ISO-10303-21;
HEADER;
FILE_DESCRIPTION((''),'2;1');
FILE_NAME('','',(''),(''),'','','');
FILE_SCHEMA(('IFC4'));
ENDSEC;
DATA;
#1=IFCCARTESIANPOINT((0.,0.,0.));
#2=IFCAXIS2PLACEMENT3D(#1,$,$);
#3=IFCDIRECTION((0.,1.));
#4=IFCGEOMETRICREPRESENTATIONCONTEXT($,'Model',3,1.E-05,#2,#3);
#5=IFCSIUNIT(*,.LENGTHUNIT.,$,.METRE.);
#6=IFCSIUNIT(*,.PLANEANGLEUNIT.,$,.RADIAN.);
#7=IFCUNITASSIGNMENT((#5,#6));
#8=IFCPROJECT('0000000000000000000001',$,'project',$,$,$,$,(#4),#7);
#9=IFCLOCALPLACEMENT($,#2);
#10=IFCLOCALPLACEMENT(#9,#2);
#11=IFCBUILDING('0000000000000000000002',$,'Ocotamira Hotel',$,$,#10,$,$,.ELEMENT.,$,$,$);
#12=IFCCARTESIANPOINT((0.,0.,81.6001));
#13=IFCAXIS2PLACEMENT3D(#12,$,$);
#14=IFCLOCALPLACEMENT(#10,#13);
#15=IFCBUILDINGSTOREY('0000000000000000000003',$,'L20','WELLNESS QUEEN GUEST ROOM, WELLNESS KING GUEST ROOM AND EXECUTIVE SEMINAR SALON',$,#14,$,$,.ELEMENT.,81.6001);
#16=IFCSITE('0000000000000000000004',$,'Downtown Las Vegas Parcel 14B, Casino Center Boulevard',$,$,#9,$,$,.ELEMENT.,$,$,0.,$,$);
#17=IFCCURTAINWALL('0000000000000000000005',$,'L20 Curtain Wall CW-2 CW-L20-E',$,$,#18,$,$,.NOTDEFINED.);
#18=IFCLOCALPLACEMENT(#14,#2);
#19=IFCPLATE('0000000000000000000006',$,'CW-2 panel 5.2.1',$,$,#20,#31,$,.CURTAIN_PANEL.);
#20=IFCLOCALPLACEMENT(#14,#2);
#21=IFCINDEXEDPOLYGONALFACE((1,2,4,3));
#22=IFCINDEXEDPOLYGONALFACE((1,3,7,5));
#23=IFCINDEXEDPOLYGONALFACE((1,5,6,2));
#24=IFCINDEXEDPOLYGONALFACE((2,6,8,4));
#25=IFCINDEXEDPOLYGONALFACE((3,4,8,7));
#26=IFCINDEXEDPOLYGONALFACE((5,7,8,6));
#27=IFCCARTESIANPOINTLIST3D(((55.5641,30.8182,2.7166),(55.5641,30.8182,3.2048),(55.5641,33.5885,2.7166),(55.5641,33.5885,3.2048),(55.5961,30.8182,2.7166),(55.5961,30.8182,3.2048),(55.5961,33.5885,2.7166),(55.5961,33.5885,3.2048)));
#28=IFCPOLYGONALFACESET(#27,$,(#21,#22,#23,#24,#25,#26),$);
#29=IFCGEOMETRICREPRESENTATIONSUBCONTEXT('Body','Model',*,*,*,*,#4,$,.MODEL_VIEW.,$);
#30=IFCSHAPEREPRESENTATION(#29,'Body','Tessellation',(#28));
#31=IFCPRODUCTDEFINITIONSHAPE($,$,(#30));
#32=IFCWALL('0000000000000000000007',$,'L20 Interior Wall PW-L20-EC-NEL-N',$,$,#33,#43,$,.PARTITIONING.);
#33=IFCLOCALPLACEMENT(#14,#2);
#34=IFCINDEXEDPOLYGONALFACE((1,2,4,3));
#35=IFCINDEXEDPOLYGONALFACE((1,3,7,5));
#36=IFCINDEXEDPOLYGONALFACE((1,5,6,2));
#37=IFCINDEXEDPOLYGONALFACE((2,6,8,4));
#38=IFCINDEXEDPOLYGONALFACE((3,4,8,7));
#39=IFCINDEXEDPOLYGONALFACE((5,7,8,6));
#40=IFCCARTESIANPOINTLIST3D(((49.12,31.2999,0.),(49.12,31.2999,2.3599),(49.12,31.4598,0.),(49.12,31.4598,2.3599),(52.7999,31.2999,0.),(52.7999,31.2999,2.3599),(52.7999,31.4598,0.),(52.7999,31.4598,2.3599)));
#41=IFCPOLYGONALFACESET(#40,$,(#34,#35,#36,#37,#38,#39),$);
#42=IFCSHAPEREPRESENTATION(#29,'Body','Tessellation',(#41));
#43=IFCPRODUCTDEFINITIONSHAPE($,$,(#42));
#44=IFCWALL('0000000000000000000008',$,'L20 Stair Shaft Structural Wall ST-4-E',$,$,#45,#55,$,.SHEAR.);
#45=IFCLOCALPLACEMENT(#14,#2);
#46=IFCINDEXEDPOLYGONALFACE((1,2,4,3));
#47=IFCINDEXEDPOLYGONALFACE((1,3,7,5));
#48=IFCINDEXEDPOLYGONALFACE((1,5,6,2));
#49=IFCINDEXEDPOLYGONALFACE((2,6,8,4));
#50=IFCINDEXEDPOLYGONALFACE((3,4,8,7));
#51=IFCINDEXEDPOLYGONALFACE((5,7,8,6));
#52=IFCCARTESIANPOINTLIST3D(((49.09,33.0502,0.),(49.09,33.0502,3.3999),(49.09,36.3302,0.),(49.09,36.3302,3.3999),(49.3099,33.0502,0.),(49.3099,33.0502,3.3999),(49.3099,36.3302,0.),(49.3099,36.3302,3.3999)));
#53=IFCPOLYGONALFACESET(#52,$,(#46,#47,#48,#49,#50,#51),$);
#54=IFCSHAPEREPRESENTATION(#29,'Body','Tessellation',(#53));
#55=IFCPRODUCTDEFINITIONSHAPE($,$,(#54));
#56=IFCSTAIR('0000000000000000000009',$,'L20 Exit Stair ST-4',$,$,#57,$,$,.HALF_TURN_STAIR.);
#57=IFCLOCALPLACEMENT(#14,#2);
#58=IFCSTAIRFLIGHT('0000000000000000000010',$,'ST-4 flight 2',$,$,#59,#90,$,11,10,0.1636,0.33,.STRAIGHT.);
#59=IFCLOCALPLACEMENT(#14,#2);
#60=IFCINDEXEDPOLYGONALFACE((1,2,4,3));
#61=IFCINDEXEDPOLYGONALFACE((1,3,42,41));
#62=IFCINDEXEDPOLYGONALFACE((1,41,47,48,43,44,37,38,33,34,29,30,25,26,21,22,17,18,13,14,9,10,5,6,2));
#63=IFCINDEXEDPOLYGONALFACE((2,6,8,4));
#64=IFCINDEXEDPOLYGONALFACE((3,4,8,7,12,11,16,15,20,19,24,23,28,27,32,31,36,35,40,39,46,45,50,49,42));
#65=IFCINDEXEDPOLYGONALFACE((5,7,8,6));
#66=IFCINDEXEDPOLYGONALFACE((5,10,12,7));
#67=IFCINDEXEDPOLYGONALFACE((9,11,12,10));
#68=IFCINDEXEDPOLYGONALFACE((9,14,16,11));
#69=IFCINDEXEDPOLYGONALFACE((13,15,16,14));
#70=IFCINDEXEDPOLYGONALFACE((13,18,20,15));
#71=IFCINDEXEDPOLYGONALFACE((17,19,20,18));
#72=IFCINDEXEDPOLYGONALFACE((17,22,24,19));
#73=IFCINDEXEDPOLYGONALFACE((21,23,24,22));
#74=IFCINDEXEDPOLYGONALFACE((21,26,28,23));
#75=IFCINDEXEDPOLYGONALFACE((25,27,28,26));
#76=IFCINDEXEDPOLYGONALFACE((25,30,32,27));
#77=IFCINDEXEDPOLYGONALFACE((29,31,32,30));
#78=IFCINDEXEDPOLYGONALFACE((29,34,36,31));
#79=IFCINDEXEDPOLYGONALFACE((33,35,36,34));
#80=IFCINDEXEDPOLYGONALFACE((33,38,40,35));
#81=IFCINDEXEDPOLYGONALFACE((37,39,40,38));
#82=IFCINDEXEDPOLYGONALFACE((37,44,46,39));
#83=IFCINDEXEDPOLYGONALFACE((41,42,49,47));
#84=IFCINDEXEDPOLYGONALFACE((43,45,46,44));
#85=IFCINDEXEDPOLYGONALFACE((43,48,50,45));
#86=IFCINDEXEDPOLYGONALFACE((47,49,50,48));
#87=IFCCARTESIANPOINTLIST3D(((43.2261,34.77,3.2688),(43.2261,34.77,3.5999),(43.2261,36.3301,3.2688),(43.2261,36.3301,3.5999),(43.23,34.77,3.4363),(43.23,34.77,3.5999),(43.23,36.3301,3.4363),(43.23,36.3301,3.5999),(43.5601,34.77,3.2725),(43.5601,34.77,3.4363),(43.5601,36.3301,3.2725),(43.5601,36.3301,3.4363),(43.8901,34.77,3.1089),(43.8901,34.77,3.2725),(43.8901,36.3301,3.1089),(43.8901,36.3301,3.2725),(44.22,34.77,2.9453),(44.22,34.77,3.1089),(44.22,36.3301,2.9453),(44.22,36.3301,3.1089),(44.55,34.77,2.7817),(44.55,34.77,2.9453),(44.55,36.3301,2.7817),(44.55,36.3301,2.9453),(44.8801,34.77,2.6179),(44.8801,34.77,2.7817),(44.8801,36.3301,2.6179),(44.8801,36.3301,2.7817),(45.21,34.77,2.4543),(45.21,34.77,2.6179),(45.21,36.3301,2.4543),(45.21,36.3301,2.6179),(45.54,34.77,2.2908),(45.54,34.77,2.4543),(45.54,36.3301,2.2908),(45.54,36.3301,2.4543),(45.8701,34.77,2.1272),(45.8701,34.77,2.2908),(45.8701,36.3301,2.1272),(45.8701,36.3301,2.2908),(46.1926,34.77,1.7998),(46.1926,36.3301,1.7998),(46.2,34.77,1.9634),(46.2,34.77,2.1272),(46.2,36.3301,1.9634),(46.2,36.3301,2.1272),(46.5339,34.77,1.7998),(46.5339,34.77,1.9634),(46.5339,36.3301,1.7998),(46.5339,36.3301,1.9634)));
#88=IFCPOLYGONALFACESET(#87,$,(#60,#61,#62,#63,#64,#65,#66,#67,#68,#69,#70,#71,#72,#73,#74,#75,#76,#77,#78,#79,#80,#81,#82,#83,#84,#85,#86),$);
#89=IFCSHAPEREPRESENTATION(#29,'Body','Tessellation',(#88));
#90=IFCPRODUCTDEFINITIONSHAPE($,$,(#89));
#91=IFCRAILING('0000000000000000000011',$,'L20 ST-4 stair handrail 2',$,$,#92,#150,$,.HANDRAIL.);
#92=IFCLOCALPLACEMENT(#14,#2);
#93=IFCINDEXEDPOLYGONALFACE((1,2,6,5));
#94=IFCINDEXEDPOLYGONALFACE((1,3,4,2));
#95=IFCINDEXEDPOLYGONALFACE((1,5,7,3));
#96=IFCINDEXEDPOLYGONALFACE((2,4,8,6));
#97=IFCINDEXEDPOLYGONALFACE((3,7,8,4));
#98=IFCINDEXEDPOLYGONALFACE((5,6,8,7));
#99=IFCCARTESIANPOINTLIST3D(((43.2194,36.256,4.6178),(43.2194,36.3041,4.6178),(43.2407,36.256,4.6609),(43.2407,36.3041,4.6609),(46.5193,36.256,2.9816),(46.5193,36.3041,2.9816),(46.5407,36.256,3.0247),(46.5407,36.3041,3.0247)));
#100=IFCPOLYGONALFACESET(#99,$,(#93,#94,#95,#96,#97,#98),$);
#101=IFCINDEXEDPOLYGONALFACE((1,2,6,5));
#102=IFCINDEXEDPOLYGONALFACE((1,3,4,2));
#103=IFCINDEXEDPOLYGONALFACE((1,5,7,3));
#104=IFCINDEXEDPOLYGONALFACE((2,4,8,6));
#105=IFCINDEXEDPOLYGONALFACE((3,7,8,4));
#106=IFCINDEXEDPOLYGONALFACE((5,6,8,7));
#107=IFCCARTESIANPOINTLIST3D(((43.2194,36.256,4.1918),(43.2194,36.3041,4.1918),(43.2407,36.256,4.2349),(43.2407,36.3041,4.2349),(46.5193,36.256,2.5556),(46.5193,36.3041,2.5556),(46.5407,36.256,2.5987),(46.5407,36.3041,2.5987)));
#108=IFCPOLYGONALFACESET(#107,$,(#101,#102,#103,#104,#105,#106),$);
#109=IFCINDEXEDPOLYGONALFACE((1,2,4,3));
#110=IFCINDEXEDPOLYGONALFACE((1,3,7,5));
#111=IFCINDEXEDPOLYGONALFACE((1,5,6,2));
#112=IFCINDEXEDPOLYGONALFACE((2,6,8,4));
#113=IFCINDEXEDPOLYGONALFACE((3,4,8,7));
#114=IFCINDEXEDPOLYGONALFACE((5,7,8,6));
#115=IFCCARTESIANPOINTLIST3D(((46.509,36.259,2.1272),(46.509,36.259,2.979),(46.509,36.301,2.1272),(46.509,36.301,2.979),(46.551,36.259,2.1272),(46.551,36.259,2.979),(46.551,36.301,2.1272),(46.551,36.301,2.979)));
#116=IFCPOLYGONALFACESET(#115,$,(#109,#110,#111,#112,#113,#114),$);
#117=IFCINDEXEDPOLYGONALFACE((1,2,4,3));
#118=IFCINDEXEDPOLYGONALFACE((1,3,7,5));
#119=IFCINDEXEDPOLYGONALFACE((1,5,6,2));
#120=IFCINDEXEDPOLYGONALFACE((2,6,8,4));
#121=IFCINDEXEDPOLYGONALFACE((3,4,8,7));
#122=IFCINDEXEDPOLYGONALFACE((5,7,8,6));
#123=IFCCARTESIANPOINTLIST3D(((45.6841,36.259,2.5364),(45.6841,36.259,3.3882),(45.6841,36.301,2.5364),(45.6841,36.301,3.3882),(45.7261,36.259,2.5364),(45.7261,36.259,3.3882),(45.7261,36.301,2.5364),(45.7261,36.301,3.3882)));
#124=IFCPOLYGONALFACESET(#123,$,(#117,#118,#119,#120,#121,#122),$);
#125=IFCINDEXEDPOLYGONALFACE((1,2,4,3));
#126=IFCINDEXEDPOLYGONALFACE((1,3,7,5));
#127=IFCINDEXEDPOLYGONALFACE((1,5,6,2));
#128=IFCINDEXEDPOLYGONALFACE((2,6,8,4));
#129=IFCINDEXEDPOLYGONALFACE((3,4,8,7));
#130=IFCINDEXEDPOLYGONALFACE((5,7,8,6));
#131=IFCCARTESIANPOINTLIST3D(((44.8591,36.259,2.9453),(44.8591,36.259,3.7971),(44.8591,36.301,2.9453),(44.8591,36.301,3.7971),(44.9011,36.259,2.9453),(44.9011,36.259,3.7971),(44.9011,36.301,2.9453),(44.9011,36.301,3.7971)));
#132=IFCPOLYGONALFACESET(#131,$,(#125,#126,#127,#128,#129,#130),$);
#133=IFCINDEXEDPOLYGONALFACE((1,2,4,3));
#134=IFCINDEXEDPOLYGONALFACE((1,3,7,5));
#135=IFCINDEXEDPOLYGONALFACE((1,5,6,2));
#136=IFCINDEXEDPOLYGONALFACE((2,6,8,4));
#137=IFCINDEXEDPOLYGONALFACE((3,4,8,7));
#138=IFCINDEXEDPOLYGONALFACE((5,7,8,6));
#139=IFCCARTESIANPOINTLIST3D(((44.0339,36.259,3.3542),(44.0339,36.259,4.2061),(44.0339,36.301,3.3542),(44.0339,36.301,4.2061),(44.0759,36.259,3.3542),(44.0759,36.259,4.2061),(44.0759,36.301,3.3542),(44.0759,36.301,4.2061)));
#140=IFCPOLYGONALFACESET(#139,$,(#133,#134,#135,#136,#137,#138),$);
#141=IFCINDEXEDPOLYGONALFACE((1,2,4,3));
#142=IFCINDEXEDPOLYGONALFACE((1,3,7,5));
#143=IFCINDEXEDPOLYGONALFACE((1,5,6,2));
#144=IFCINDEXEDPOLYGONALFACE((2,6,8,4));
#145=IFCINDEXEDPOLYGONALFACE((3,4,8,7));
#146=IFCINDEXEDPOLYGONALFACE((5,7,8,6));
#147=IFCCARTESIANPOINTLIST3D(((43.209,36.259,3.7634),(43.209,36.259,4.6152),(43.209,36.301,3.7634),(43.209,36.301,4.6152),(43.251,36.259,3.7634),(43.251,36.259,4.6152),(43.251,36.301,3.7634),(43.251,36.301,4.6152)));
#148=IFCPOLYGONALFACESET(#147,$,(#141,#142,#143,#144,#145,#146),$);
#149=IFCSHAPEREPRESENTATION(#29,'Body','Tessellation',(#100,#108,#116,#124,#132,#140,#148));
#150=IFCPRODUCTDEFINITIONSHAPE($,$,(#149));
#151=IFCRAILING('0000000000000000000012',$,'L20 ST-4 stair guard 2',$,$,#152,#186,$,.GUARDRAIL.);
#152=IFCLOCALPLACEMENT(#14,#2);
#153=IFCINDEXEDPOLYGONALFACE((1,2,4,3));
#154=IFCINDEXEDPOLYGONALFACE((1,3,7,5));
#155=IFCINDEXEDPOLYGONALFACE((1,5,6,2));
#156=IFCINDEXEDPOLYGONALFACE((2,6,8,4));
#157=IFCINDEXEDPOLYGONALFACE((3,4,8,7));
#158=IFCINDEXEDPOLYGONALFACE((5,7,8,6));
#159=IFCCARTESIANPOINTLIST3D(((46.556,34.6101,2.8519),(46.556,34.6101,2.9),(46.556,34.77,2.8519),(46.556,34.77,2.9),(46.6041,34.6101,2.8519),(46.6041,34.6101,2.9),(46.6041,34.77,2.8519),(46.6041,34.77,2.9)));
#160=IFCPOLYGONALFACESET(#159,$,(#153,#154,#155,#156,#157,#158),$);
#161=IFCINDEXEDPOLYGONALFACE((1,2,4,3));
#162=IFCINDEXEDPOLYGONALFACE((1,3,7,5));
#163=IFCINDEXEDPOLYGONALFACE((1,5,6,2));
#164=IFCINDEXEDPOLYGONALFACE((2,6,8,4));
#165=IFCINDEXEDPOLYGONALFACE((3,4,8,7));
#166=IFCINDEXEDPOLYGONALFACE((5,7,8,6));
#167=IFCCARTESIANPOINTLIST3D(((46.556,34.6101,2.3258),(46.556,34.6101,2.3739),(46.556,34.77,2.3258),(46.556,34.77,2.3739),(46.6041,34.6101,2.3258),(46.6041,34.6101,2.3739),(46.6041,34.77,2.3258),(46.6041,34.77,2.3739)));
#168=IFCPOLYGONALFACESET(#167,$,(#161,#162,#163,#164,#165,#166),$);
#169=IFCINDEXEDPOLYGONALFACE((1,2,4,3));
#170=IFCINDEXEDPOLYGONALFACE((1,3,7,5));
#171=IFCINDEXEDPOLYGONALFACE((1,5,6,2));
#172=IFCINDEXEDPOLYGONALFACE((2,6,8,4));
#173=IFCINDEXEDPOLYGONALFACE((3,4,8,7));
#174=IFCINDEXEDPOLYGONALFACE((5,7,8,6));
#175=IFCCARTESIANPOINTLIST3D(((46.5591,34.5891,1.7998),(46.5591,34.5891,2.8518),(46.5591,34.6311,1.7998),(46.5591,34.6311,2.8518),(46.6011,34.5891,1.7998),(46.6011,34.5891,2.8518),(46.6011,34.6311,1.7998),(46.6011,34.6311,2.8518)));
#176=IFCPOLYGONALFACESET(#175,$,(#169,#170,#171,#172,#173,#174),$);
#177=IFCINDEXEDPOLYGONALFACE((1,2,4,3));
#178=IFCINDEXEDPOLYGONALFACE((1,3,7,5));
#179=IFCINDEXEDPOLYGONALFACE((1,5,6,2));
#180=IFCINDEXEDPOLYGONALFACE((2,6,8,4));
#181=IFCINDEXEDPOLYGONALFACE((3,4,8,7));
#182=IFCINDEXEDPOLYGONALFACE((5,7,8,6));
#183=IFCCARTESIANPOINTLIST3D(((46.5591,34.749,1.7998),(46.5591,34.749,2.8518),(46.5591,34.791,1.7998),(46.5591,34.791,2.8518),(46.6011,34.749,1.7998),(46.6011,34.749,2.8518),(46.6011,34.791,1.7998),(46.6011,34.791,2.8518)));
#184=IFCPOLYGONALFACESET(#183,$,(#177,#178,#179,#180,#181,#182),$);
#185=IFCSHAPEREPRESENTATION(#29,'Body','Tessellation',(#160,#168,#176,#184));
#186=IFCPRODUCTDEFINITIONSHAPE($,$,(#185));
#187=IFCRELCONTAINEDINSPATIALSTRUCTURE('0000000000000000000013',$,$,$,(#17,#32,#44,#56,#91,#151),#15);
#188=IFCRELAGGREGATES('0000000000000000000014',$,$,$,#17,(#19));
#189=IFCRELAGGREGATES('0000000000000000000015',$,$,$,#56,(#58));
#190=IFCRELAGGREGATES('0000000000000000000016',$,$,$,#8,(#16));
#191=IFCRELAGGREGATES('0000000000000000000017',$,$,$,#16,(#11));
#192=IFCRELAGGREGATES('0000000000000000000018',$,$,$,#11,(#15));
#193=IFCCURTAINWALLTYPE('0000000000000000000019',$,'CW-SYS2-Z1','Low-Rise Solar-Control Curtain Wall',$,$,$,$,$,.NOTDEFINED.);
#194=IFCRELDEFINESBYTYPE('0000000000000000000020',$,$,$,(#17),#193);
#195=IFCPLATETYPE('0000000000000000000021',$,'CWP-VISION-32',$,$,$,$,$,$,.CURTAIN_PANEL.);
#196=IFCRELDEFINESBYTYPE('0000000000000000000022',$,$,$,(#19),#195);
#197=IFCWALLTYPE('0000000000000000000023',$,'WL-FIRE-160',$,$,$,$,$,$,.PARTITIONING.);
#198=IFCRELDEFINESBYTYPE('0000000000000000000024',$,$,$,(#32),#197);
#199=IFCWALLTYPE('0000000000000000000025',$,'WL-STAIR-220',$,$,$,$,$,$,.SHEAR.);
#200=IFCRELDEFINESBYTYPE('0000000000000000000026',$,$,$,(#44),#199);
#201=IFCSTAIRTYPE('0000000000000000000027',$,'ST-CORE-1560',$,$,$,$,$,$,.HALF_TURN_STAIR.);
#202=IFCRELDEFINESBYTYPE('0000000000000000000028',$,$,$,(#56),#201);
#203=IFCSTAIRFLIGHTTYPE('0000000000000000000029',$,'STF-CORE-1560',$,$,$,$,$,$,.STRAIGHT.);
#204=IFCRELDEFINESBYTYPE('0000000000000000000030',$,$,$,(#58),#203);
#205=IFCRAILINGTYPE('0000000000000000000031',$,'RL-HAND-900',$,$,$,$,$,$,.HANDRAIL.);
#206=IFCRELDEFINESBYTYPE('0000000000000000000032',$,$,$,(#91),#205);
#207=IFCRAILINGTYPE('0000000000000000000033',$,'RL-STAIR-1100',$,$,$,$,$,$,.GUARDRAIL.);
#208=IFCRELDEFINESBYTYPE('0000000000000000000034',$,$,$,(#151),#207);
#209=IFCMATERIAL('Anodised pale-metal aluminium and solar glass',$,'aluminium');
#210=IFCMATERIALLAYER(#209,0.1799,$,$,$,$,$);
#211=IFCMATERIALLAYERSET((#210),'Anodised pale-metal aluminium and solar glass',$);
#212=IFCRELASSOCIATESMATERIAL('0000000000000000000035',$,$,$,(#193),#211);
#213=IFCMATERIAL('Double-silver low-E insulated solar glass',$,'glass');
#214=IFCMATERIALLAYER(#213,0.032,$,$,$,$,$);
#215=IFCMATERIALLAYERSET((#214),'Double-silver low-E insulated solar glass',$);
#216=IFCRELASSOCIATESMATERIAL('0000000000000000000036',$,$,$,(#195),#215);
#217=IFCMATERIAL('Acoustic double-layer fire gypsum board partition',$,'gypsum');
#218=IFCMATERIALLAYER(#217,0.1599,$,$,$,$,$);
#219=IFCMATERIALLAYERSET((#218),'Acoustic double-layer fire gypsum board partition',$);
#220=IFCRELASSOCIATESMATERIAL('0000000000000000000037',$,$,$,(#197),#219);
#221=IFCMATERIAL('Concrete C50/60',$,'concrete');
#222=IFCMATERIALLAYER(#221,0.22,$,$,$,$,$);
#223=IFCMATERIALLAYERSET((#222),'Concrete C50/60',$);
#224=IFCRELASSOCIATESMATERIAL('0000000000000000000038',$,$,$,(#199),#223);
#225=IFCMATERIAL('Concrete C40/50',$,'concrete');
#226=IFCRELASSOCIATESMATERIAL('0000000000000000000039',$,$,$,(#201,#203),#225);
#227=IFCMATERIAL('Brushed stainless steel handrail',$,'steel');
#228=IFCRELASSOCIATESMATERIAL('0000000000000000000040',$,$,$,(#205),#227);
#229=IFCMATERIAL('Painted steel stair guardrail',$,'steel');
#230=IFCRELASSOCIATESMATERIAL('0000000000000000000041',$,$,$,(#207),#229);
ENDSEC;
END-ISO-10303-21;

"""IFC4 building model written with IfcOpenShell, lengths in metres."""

from ifc_helpers import new_model, si_unit, direction, frame, frame_2d, origin, origin_2d, place, context, subcontext, project, spatial, polyline, rectangle, outline, extrude, source, transform, mapped, material, layer, layer_set, type_object, element, aggregate, save


model = new_model("IFC4")

# Units and contexts
model_context = context("Model", 3, precision=1e-05, world=origin(), true_north=direction((0.0, 1.0)))
body_context = subcontext(model_context, "Body", "Model", "MODEL_VIEW")
ifc_project = project(units=[si_unit("LENGTHUNIT", "METRE"), si_unit("PLANEANGLEUNIT", "RADIAN")], contexts=[model_context])

# Site, building, storey
site_placement = place(None, origin())
site = spatial("IfcSite", under=ifc_project, at=site_placement, Name="Downtown Las Vegas Parcel 14B, Casino Center Boulevard", CompositionType="ELEMENT", RefElevation=0.0)
building_placement = place(site_placement, origin())
building = spatial("IfcBuilding", under=site, at=building_placement, Name="Ocotamira Hotel", CompositionType="ELEMENT")
storey_placement = place(building_placement, frame((0.0, 0.0, 81.6001)))
storey = spatial("IfcBuildingStorey", under=building, at=storey_placement, Name="L20", Description="WELLNESS QUEEN GUEST ROOM, WELLNESS KING GUEST ROOM AND EXECUTIVE SEMINAR SALON", CompositionType="ELEMENT", Elevation=81.6001)

# Curtain wall
ifc_material_1 = material(Name="Anodised pale-metal aluminium and solar glass", Category="aluminium")
ifc_layer_1 = layer(ifc_material_1, 0.1799)
ifc_layer_set_1 = layer_set([ifc_layer_1], Name="Anodised pale-metal aluminium and solar glass")
curtain_wall_type = type_object("IfcCurtainWallType", Name="CW-SYS2-Z1", Description="Low-Rise Solar-Control Curtain Wall", PredefinedType="NOTDEFINED", material=ifc_layer_set_1)
curtain_wall_placement = place(storey_placement, origin())
curtain_wall = element("IfcCurtainWall", 1, at=curtain_wall_placement, inside=storey, type_object=curtain_wall_type, Name="L20 Curtain Wall CW-2 CW-L20-E", PredefinedType="NOTDEFINED")

# Plate
ifc_material_2 = material(Name="Double-silver low-E insulated solar glass", Category="glass")
ifc_layer_2 = layer(ifc_material_2, 0.032)
ifc_layer_set_2 = layer_set([ifc_layer_2], Name="Double-silver low-E insulated solar glass")
plate_type_1 = type_object("IfcPlateType", Name="CWP-VISION-32", PredefinedType="CURTAIN_PANEL", material=ifc_layer_set_2)
shared_shape_1 = source(origin(), body_context, "Body", "SweptSolid", [
    extrude(rectangle(XDim=2.7703, YDim=0.032, at=origin_2d()), origin(), (0.0, 0.0, 1.0), 0.4883),
])
plate_1_placement = place(storey_placement, frame((55.5801, 32.2034, 2.7166), z_axis=(0.0, 0.0, 1.0), x_axis=(0.0, 1.0, 0.0)))
plate_1 = element("IfcPlate", 2, at=plate_1_placement, type_object=plate_type_1, Name="CW-2 panel 5.2.1", PredefinedType="CURTAIN_PANEL", context=body_context, shape_type="MappedRepresentation", body=[
    mapped(shared_shape_1, transform((0.0, 0.0, 0.0), scale=1.0)),
])
aggregate(curtain_wall, [plate_1])

# Wall
ifc_material_3 = material(Name="Acoustic double-layer fire gypsum board partition", Category="gypsum")
ifc_layer_3 = layer(ifc_material_3, 0.1599)
ifc_layer_set_3 = layer_set([ifc_layer_3], Name="Acoustic double-layer fire gypsum board partition")
wall_type_1 = type_object("IfcWallType", Name="WL-FIRE-160", PredefinedType="PARTITIONING", material=ifc_layer_set_3)
wall_1_placement = place(storey_placement, frame((49.1201, 31.3799, 0.0), z_axis=(0.0, 0.0, 1.0), x_axis=(1.0, 0.0, 0.0)))
element("IfcWall", 3, at=wall_1_placement, inside=storey, type_object=wall_type_1, Name="L20 Interior Wall PW-L20-EC-NEL-N", PredefinedType="PARTITIONING", context=body_context, shape_type="SweptSolid", body=[
    extrude(rectangle(XDim=3.6799, YDim=0.1599, at=frame_2d((1.8398, 0.0))), origin(), (0.0, 0.0, 1.0), 2.3599),
])

# Wall
ifc_material_4 = material(Name="Concrete C50/60", Category="concrete")
ifc_layer_4 = layer(ifc_material_4, 0.22)
ifc_layer_set_4 = layer_set([ifc_layer_4], Name="Concrete C50/60")
wall_type_2 = type_object("IfcWallType", Name="WL-STAIR-220", PredefinedType="SHEAR", material=ifc_layer_set_4)
wall_2_placement = place(storey_placement, frame((49.2, 33.05, 0.0), z_axis=(0.0, 0.0, 1.0), x_axis=(0.0, 1.0, 0.0)))
element("IfcWall", 4, at=wall_2_placement, inside=storey, type_object=wall_type_2, Name="L20 Stair Shaft Structural Wall ST-4-E", PredefinedType="SHEAR", context=body_context, shape_type="SweptSolid", body=[
    extrude(rectangle(XDim=3.28, YDim=0.22, at=frame_2d((1.6401, 0.0))), origin(), (0.0, 0.0, 1.0), 3.3999),
])

# Stair, stair flight
ifc_material_5 = material(Name="Concrete C40/50", Category="concrete")
stair_type = type_object("IfcStairType", Name="ST-CORE-1560", PredefinedType="HALF_TURN_STAIR", material=ifc_material_5)
stair_placement = place(storey_placement, origin())
stair = element("IfcStair", 5, at=stair_placement, inside=storey, type_object=stair_type, Name="L20 Exit Stair ST-4", PredefinedType="HALF_TURN_STAIR")
stair_flight_type = type_object("IfcStairFlightType", Name="STF-CORE-1560", PredefinedType="STRAIGHT", material=ifc_material_5)
shared_shape_2 = source(origin(), body_context, "Body", "SweptSolid", [
    extrude(outline(polyline([(-0.0039, 0.0), (-0.0039, 0.1636), (0.3301, 0.1636), (0.3301, 0.3274), (0.6599, 0.3274), (0.6599, 0.491), (0.99, 0.491), (0.99, 0.6545), (1.3201, 0.6545), (1.3201, 0.8181), (1.6499, 0.8181), (1.6499, 0.9819), (1.98, 0.9819), (1.98, 1.1455), (2.3101, 1.1455), (2.3101, 1.3091), (2.6399, 1.3091), (2.6399, 1.4727), (2.97, 1.4727), (2.97, 1.6365), (3.3, 1.6365), (3.3, 1.8), (3.304, 1.8), (3.304, 1.469), (0.3374, 0.0), (-0.0039, 0.0)])), frame((0.0, 0.78, 0.0), z_axis=(0.0, -1.0, 0.0), x_axis=(1.0, 0.0, 0.0)), (0.0, 0.0, 1.0), 1.5601),
])
stair_flight_placement = place(storey_placement, frame((46.53, 35.55, 1.7998), z_axis=(0.0, 0.0, 1.0), x_axis=(-1.0, 0.0, 0.0)))
stair_flight = element("IfcStairFlight", 6, at=stair_flight_placement, type_object=stair_flight_type, Name="ST-4 flight 2", NumberOfRisers=11, NumberOfTreads=10, PredefinedType="STRAIGHT", RiserHeight=0.1636, TreadLength=0.33, context=body_context, shape_type="MappedRepresentation", body=[
    mapped(shared_shape_2, transform((0.0, 0.0, 0.0), scale=1.0)),
])
aggregate(stair, [stair_flight])

# Railings
ifc_material_6 = material(Name="Brushed stainless steel handrail", Category="steel")
railing_type_1 = type_object("IfcRailingType", Name="RL-HAND-900", PredefinedType="HANDRAIL", material=ifc_material_6)
railing_1_placement = place(storey_placement, frame((46.53, 36.28, 2.1272)))
element("IfcRailing", 7, at=railing_1_placement, inside=storey, type_object=railing_type_1, Name="L20 ST-4 stair handrail 2", PredefinedType="HANDRAIL", context=body_context, shape_type="SweptSolid", body=[
    extrude(rectangle(XDim=0.0481, YDim=0.0481, at=origin_2d()), frame((0.0, 0.0, 0.876), z_axis=(-0.89592, 0.0, 0.444215), x_axis=(0.0, -1.0, 0.0)), (0.0, 0.0, 1.0), 3.6833),
    extrude(rectangle(XDim=0.0481, YDim=0.0481, at=origin_2d()), frame((0.0, 0.0, 0.45), z_axis=(-0.89592, 0.0, 0.444215), x_axis=(0.0, -1.0, 0.0)), (0.0, 0.0, 1.0), 3.6833),
    extrude(rectangle(XDim=0.042, YDim=0.042, at=origin_2d()), origin(), (0.0, 0.0, 1.0), 0.8518),
    extrude(rectangle(XDim=0.042, YDim=0.042, at=origin_2d()), frame((-0.825, 0.0, 0.4092)), (0.0, 0.0, 1.0), 0.8518),
    extrude(rectangle(XDim=0.042, YDim=0.042, at=origin_2d()), frame((-1.6499, 0.0, 0.8181)), (0.0, 0.0, 1.0), 0.8518),
    extrude(rectangle(XDim=0.042, YDim=0.042, at=origin_2d()), frame((-2.4751, 0.0, 1.2271)), (0.0, 0.0, 1.0), 0.8518),
    extrude(rectangle(XDim=0.042, YDim=0.042, at=origin_2d()), frame((-3.3, 0.0, 1.6362)), (0.0, 0.0, 1.0), 0.8518),
])
ifc_material_7 = material(Name="Painted steel stair guardrail", Category="steel")
railing_type_2 = type_object("IfcRailingType", Name="RL-STAIR-1100", PredefinedType="GUARDRAIL", material=ifc_material_7)
railing_2_placement = place(storey_placement, frame((46.5801, 34.6101, 1.7998)))
element("IfcRailing", 8, at=railing_2_placement, inside=storey, type_object=railing_type_2, Name="L20 ST-4 stair guard 2", PredefinedType="GUARDRAIL", context=body_context, shape_type="SweptSolid", body=[
    extrude(rectangle(XDim=0.0481, YDim=0.0481, at=origin_2d()), frame((0.0, 0.0, 1.0762), z_axis=(0.0, 1.0, 0.0), x_axis=(-1.0, 0.0, 0.0)), (0.0, 0.0, 1.0), 0.1599),
    extrude(rectangle(XDim=0.0481, YDim=0.0481, at=origin_2d()), frame((0.0, 0.0, 0.55), z_axis=(0.0, 1.0, 0.0), x_axis=(-1.0, 0.0, 0.0)), (0.0, 0.0, 1.0), 0.1599),
    extrude(rectangle(XDim=0.042, YDim=0.042, at=origin_2d()), origin(), (0.0, 0.0, 1.0), 1.052),
    extrude(rectangle(XDim=0.042, YDim=0.042, at=origin_2d()), frame((0.0, 0.1599, 0.0)), (0.0, 0.0, 1.0), 1.052),
])

save(model, "model.ifc")
